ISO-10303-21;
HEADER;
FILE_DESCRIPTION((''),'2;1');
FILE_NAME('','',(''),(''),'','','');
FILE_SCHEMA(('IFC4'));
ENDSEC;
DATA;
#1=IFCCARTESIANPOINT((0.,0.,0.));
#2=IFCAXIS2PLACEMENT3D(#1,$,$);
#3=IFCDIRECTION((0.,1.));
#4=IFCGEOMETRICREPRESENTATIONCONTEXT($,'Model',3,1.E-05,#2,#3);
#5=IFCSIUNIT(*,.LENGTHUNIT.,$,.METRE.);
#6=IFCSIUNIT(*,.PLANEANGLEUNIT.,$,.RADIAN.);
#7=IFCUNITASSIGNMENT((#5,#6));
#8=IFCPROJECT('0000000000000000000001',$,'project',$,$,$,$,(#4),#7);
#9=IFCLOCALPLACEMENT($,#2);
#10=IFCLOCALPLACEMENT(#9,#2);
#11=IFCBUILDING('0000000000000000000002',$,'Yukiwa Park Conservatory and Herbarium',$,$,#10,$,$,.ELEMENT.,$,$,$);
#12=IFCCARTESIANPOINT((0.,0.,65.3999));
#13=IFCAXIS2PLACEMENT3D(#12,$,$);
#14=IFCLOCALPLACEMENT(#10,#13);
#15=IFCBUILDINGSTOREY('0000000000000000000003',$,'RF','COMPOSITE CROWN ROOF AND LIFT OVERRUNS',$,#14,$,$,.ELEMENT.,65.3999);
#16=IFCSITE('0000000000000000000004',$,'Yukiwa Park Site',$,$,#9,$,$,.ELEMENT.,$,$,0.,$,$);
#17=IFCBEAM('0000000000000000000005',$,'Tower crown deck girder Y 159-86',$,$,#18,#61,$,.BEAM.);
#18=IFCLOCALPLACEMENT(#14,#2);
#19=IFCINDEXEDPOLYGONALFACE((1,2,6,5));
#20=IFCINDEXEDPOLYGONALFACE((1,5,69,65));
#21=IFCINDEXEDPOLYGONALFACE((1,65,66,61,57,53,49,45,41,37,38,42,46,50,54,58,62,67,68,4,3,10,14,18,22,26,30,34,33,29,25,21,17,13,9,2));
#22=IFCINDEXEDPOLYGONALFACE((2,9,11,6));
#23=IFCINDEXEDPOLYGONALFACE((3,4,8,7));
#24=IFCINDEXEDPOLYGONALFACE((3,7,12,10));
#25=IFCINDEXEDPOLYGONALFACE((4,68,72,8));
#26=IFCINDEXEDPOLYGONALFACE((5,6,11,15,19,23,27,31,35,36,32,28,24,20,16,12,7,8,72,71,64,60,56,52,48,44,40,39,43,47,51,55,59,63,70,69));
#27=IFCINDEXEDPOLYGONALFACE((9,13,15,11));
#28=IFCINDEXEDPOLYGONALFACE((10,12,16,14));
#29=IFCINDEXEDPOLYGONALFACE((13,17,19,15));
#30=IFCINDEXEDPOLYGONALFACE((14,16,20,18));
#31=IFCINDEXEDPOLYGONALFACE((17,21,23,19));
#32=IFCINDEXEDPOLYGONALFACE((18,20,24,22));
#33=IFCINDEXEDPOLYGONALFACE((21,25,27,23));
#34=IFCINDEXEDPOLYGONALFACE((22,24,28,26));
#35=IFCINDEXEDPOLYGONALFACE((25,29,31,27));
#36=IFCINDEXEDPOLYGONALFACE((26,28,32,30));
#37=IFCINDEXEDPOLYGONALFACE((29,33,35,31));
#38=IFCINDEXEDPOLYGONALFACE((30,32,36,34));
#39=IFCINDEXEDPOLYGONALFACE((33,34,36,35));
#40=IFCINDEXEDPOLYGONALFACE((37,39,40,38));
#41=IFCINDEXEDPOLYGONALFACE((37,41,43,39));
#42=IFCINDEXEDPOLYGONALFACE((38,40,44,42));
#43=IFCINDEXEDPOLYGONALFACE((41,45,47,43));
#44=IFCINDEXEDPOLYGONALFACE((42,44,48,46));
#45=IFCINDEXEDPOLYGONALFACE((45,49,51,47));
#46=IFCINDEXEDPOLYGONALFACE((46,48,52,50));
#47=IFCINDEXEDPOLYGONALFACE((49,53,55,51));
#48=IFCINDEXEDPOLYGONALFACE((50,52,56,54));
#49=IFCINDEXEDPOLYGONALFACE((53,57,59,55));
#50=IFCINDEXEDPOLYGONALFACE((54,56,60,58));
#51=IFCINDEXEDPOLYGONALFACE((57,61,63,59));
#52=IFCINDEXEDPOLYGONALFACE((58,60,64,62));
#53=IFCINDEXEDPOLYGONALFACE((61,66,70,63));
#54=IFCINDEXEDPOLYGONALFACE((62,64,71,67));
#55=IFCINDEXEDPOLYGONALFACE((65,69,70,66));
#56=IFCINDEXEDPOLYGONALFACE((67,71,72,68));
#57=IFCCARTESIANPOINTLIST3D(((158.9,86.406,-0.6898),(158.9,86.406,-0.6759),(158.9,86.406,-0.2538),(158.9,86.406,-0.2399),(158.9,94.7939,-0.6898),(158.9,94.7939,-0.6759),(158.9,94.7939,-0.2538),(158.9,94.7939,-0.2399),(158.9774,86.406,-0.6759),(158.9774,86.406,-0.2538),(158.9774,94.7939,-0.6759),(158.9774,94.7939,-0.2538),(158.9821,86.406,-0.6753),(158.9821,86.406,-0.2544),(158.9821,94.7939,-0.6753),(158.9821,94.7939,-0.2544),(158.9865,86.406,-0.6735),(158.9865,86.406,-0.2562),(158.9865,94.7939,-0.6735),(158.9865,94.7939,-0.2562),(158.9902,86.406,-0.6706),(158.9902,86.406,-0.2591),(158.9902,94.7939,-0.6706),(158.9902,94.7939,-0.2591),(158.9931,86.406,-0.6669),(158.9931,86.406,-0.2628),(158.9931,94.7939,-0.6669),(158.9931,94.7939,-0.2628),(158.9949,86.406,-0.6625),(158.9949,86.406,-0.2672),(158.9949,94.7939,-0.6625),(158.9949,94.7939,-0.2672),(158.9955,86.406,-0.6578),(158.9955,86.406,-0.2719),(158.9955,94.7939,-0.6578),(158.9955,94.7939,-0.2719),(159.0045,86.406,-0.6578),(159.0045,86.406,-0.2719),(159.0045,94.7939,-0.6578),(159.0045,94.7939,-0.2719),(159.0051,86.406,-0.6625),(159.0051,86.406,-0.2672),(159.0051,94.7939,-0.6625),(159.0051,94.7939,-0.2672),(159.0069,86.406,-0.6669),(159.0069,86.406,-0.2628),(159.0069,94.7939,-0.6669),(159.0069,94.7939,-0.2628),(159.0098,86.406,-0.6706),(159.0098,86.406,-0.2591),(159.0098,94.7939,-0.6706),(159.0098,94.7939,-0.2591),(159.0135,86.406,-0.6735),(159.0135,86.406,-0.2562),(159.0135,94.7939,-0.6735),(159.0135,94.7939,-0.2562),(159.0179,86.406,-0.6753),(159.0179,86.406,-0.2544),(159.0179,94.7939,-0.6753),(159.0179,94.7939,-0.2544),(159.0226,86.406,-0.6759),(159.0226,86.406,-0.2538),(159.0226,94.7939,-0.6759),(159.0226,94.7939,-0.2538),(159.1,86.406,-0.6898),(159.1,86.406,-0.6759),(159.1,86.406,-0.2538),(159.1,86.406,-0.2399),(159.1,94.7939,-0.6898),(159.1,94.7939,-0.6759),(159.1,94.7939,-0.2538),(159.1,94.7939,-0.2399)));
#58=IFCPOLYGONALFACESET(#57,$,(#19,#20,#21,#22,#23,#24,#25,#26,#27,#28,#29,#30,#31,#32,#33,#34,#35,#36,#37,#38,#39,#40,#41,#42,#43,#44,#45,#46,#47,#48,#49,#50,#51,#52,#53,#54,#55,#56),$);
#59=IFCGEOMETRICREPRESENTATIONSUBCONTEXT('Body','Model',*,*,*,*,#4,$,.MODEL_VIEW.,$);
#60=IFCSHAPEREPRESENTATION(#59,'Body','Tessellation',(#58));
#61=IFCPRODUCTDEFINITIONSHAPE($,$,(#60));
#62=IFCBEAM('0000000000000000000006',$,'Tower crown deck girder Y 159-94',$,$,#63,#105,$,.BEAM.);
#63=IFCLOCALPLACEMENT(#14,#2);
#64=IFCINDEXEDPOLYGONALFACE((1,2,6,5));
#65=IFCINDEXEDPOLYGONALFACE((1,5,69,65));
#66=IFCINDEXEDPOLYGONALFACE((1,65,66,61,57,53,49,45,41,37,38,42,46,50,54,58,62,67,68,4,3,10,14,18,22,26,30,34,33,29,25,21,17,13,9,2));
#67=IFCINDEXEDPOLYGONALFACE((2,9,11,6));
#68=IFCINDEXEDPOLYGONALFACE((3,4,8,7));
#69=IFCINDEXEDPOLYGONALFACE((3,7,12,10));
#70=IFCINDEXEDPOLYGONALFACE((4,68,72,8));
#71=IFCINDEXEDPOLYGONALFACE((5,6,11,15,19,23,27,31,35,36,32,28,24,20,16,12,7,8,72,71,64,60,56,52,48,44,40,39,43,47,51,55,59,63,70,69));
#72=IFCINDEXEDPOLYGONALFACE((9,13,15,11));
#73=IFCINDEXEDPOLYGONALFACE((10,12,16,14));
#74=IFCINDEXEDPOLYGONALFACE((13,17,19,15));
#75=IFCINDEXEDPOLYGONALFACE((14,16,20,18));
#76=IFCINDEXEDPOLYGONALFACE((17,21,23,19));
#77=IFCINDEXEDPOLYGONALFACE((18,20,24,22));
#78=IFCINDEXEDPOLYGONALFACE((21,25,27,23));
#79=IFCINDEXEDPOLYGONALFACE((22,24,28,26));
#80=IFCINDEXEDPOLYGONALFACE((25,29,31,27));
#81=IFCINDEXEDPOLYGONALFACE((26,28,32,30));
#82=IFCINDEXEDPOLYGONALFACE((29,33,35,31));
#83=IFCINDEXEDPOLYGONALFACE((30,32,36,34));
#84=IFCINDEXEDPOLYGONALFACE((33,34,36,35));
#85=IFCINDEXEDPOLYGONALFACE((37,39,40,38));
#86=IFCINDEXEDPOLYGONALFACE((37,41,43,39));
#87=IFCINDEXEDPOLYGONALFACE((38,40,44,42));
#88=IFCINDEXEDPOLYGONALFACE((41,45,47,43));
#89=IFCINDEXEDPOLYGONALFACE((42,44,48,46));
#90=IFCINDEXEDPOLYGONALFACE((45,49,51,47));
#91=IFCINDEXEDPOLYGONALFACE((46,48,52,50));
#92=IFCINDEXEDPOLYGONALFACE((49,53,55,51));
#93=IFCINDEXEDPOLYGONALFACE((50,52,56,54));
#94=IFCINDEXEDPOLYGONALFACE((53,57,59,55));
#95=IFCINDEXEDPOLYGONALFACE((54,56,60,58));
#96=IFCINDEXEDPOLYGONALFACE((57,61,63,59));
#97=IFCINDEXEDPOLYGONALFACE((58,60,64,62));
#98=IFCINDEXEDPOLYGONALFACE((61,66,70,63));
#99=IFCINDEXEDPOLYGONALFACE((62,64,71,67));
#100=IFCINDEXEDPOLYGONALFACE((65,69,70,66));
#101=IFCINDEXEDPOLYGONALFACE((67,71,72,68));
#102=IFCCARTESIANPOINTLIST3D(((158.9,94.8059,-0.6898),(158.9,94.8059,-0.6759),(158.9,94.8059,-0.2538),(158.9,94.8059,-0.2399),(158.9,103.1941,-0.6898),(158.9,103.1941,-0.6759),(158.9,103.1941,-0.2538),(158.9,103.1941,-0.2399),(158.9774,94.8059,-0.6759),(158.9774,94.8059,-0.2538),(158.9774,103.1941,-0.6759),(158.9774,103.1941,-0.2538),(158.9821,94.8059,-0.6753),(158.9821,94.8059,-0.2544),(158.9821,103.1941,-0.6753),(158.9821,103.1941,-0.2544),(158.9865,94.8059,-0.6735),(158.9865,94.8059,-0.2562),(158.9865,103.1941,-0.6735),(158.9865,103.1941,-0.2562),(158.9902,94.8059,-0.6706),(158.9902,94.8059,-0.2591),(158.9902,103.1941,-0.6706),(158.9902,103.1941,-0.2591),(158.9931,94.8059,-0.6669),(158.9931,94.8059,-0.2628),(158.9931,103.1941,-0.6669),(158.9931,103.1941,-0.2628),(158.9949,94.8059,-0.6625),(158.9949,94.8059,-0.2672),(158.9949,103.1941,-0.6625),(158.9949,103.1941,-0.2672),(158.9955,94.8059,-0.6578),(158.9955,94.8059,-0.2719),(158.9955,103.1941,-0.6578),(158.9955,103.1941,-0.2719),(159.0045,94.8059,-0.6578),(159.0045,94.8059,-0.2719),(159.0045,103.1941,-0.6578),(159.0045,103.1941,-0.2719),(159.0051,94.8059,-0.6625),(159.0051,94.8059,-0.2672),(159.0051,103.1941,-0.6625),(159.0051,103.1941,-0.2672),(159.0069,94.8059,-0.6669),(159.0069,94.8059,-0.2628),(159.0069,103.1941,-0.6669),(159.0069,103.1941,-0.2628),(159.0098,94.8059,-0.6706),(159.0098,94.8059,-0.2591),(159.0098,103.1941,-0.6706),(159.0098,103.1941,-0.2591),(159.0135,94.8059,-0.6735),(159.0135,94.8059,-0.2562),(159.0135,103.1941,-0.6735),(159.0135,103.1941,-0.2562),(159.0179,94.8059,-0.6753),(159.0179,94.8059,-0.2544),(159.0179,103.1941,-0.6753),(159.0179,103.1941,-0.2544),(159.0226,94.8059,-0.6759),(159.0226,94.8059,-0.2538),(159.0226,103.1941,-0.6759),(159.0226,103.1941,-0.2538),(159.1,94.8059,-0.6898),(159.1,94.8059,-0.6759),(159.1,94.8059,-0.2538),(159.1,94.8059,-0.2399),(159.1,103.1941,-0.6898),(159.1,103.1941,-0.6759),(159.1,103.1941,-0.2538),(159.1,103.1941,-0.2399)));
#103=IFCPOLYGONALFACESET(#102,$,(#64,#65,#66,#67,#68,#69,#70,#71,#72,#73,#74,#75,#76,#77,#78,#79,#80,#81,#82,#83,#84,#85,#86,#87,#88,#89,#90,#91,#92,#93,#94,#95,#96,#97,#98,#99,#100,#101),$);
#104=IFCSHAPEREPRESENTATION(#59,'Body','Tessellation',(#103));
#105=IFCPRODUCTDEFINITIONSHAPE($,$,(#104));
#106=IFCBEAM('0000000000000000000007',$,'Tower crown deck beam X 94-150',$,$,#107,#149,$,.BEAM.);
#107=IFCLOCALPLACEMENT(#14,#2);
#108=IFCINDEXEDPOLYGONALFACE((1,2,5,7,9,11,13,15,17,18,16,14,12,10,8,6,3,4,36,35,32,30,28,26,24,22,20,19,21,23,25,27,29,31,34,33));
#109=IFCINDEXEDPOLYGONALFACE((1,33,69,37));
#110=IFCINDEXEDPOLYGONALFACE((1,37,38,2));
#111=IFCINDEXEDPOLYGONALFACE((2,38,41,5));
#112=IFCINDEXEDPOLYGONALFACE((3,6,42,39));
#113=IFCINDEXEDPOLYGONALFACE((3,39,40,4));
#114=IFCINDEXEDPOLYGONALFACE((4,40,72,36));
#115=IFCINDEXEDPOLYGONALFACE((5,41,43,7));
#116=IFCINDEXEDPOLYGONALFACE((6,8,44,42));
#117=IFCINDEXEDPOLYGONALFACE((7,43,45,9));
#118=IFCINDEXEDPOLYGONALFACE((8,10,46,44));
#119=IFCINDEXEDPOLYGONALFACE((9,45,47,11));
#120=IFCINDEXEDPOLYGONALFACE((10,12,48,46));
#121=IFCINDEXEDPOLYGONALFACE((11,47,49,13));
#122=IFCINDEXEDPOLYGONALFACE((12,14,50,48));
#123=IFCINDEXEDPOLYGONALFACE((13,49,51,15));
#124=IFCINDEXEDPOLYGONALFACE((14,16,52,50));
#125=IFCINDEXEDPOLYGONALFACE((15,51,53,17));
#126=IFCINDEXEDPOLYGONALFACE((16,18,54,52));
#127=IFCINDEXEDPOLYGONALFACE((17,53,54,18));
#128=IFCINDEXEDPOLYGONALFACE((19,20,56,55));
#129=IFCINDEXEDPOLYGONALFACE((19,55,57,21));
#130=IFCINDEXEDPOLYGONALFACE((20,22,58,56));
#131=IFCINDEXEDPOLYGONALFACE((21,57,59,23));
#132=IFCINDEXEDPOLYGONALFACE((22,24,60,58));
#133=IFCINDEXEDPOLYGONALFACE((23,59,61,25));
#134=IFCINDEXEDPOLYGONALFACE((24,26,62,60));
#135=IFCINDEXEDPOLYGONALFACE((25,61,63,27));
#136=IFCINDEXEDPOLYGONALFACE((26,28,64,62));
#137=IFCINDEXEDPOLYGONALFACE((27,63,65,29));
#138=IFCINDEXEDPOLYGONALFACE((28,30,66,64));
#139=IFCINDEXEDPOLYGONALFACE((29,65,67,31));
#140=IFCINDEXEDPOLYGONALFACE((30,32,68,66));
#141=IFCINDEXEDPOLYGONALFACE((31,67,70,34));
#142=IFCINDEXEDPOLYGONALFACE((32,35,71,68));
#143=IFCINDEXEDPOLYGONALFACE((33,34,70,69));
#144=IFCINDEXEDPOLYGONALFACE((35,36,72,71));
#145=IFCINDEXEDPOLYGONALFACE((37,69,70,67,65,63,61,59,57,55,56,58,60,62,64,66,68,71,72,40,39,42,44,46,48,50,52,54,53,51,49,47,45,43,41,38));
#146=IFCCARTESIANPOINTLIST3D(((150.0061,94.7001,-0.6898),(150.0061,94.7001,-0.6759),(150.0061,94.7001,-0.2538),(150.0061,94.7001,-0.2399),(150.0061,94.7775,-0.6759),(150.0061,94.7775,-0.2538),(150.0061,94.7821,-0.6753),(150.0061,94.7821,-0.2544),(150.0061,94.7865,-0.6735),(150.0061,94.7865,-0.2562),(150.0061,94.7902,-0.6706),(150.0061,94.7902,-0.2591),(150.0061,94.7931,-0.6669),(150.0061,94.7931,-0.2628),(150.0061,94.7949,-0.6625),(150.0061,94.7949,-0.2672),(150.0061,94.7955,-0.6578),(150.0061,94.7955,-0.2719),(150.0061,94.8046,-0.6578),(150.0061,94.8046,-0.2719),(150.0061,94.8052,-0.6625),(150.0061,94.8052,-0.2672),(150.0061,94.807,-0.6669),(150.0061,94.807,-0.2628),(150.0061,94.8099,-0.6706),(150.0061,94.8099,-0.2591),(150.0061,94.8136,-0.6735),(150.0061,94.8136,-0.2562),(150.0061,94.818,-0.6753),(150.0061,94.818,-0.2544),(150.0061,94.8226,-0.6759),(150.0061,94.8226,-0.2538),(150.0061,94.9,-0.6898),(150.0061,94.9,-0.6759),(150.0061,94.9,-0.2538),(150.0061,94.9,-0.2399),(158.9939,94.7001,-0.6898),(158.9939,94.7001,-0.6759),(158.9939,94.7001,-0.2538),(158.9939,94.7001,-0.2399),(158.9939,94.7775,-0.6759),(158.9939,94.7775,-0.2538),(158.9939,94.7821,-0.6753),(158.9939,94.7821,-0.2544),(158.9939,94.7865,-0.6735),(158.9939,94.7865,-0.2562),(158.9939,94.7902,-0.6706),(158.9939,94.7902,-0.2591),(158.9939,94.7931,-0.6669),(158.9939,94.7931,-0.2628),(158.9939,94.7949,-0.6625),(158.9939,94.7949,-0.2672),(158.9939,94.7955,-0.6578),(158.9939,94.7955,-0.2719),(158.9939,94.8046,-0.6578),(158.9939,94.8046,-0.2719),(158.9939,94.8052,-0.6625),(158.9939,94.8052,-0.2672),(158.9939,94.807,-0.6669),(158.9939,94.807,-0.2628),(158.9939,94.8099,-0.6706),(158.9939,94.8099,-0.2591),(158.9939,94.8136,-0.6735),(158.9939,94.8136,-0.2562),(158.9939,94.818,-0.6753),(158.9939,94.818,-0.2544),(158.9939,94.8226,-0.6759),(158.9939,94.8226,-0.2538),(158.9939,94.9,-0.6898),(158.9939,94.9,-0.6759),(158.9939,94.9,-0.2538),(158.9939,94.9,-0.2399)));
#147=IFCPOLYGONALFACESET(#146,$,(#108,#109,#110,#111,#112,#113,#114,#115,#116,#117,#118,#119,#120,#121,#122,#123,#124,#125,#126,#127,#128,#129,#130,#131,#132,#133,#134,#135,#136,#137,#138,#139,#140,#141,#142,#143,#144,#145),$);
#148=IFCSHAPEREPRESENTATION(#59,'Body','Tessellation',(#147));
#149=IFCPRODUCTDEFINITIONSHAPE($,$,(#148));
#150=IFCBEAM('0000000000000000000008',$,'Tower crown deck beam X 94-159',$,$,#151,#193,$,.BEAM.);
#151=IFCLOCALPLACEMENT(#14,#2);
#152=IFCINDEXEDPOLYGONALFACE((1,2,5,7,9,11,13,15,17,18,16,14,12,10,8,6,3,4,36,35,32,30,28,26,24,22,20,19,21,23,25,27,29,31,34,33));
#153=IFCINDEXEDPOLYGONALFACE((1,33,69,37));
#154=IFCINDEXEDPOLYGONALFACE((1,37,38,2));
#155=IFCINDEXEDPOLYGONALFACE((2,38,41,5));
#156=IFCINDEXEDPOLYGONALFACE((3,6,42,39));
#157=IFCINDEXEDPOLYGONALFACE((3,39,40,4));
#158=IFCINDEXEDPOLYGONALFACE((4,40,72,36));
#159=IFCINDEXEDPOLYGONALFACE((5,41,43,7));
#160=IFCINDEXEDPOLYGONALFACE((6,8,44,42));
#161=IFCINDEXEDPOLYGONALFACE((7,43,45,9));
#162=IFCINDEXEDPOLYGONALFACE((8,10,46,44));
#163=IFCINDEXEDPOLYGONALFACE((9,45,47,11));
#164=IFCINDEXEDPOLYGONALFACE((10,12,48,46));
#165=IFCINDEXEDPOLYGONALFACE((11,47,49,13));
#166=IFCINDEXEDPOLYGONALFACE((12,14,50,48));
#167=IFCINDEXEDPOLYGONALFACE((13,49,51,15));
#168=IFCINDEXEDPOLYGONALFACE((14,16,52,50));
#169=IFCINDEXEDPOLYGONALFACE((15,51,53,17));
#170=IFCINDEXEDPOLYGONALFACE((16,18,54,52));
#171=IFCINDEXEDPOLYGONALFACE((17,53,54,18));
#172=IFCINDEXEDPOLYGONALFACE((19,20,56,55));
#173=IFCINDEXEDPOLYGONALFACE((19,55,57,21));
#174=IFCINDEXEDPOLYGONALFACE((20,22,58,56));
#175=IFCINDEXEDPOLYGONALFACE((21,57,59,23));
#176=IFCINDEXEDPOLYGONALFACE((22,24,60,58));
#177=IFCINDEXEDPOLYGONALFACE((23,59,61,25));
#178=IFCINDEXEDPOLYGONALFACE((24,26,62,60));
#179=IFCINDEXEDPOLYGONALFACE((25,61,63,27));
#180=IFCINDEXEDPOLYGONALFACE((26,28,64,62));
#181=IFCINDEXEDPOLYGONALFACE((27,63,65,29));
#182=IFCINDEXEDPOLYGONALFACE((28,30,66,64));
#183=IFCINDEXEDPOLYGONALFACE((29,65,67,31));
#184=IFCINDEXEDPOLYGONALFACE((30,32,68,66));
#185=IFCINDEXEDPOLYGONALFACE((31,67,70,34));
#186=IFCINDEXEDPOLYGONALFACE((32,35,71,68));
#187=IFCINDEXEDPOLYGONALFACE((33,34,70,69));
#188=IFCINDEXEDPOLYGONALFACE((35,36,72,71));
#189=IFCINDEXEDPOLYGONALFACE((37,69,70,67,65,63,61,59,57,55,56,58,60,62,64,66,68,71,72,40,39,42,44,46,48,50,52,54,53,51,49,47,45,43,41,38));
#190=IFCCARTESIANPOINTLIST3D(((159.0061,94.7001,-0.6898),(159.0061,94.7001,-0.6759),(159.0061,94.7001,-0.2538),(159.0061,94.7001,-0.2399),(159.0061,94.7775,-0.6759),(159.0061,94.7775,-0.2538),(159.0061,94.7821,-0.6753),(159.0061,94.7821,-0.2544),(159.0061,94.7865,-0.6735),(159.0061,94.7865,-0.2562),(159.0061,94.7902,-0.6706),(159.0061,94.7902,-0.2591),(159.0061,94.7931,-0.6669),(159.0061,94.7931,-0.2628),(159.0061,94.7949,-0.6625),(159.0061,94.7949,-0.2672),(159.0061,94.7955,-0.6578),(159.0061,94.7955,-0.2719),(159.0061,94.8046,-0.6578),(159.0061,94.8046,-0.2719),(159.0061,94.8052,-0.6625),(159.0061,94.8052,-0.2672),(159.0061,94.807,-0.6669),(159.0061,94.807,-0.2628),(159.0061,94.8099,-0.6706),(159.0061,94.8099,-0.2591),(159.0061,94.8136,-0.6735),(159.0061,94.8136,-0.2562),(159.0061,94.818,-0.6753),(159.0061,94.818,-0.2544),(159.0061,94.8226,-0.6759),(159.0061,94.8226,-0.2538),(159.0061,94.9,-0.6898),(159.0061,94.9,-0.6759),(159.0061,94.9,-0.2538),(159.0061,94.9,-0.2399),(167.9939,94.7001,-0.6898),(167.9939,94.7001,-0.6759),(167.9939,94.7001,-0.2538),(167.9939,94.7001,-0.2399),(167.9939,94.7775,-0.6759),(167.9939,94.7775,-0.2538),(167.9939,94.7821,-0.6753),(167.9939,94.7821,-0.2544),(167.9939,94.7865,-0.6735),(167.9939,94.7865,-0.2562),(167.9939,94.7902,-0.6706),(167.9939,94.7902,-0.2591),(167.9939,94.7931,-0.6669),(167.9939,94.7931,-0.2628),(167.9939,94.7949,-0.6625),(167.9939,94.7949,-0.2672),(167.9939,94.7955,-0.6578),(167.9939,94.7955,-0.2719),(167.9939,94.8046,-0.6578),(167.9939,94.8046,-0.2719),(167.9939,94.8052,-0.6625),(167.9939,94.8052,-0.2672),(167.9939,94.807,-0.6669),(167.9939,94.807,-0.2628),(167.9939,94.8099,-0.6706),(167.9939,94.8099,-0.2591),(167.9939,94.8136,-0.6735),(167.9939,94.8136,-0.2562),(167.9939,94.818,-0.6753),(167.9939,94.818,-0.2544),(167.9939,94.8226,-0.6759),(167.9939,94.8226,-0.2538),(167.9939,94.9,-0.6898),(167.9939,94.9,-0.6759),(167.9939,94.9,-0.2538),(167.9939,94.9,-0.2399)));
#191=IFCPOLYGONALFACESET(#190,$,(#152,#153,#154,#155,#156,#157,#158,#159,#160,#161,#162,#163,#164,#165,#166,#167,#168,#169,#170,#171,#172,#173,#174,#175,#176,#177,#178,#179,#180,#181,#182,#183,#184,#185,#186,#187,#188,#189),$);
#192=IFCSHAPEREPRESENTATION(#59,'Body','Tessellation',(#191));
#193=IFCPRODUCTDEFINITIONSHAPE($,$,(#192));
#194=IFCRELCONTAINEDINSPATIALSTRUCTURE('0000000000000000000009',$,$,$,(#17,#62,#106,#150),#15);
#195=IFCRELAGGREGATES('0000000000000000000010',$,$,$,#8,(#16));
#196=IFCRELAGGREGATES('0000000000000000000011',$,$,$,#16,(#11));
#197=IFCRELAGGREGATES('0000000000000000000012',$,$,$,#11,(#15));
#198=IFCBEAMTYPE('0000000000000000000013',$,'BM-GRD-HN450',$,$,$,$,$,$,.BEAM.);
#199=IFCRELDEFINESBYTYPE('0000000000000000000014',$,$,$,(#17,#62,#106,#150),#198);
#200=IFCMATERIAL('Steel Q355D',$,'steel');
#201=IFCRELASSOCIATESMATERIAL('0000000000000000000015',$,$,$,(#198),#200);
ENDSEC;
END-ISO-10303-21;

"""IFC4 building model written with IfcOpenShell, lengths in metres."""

from ifc_helpers import new_model, si_unit, direction, frame, origin, origin_2d, place, context, subcontext, project, spatial, i_section, extrude, material, material_profile, profile_set, type_object, element, save


model = new_model("IFC4")

# Units and contexts
model_context = context("Model", 3, precision=1e-05, world=origin(), true_north=direction((0.0, 1.0)))
body_context = subcontext(model_context, "Body", "Model", "MODEL_VIEW")
ifc_project = project(units=[si_unit("LENGTHUNIT", "METRE"), si_unit("PLANEANGLEUNIT", "RADIAN")], contexts=[model_context])

# Site, building, storey
site_placement = place(None, origin())
site = spatial("IfcSite", under=ifc_project, at=site_placement, Name="Yukiwa Park Site", CompositionType="ELEMENT", RefElevation=0.0)
building_placement = place(site_placement, origin())
building = spatial("IfcBuilding", under=site, at=building_placement, Name="Yukiwa Park Conservatory and Herbarium", CompositionType="ELEMENT")
storey_placement = place(building_placement, frame((0.0, 0.0, 65.3999)))
storey = spatial("IfcBuildingStorey", under=building, at=storey_placement, Name="RF", Description="COMPOSITE CROWN ROOF AND LIFT OVERRUNS", CompositionType="ELEMENT", Elevation=65.3999)

# Beams
ifc_material_1 = material(Name="Steel Q355D", Category="steel")
ifc_material_profile_1 = material_profile(ifc_material_1, i_section(OverallWidth=0.2, OverallDepth=0.45, WebThickness=0.009, FlangeThickness=0.0139, FilletRadius=0.0181, at=origin_2d()), Name="HN 450x200x9x14")
ifc_profile_set_1 = profile_set([ifc_material_profile_1], Name="Steel Q355D")
beam_type_1 = type_object("IfcBeamType", Name="BM-GRD-HN450", PredefinedType="BEAM", material=ifc_profile_set_1)
beam_1_placement = place(storey_placement, frame((159.0, 86.406, -0.4648), z_axis=(0.0, 1.0, 0.0), x_axis=(-1.0, 0.0, 0.0)))
element("IfcBeam", 1, at=beam_1_placement, inside=storey, type_object=beam_type_1, Name="Tower crown deck girder Y 159-86", PredefinedType="BEAM", context=body_context, shape_type="SweptSolid", body=[
    extrude(i_section(OverallWidth=0.2, OverallDepth=0.45, WebThickness=0.009, FlangeThickness=0.0139, FilletRadius=0.0181, at=origin_2d()), origin(), (0.0, 0.0, 1.0), 8.3879),
])
beam_2_placement = place(storey_placement, frame((159.0, 94.8059, -0.4648), z_axis=(0.0, 1.0, 0.0), x_axis=(-1.0, 0.0, 0.0)))
element("IfcBeam", 2, at=beam_2_placement, inside=storey, type_object=beam_type_1, Name="Tower crown deck girder Y 159-94", PredefinedType="BEAM", context=body_context, shape_type="SweptSolid", body=[
    extrude(i_section(OverallWidth=0.2, OverallDepth=0.45, WebThickness=0.009, FlangeThickness=0.0139, FilletRadius=0.0181, at=origin_2d()), origin(), (0.0, 0.0, 1.0), 8.3882),
])
for number, where, z_axis, x_axis, name in (
    (3, (150.0061, 94.8, -0.4648), (1.0, 0.0, 0.0), (0.0, 1.0, 0.0), "Tower crown deck beam X 94-150"),
    (4, (159.0061, 94.8, -0.4648), (1.0, 0.0, 0.0), (0.0, 1.0, 0.0), "Tower crown deck beam X 94-159"),
):
    element("IfcBeam", number, at=place(storey_placement, frame(where, z_axis=z_axis, x_axis=x_axis)), inside=storey, type_object=beam_type_1, Name=name, PredefinedType="BEAM", context=body_context, shape_type="SweptSolid", body=[
        extrude(i_section(OverallWidth=0.2, OverallDepth=0.45, WebThickness=0.009, FlangeThickness=0.0139, FilletRadius=0.0181, at=origin_2d()), origin(), (0.0, 0.0, 1.0), 8.9878),
    ])

save(model, "model.ifc")
